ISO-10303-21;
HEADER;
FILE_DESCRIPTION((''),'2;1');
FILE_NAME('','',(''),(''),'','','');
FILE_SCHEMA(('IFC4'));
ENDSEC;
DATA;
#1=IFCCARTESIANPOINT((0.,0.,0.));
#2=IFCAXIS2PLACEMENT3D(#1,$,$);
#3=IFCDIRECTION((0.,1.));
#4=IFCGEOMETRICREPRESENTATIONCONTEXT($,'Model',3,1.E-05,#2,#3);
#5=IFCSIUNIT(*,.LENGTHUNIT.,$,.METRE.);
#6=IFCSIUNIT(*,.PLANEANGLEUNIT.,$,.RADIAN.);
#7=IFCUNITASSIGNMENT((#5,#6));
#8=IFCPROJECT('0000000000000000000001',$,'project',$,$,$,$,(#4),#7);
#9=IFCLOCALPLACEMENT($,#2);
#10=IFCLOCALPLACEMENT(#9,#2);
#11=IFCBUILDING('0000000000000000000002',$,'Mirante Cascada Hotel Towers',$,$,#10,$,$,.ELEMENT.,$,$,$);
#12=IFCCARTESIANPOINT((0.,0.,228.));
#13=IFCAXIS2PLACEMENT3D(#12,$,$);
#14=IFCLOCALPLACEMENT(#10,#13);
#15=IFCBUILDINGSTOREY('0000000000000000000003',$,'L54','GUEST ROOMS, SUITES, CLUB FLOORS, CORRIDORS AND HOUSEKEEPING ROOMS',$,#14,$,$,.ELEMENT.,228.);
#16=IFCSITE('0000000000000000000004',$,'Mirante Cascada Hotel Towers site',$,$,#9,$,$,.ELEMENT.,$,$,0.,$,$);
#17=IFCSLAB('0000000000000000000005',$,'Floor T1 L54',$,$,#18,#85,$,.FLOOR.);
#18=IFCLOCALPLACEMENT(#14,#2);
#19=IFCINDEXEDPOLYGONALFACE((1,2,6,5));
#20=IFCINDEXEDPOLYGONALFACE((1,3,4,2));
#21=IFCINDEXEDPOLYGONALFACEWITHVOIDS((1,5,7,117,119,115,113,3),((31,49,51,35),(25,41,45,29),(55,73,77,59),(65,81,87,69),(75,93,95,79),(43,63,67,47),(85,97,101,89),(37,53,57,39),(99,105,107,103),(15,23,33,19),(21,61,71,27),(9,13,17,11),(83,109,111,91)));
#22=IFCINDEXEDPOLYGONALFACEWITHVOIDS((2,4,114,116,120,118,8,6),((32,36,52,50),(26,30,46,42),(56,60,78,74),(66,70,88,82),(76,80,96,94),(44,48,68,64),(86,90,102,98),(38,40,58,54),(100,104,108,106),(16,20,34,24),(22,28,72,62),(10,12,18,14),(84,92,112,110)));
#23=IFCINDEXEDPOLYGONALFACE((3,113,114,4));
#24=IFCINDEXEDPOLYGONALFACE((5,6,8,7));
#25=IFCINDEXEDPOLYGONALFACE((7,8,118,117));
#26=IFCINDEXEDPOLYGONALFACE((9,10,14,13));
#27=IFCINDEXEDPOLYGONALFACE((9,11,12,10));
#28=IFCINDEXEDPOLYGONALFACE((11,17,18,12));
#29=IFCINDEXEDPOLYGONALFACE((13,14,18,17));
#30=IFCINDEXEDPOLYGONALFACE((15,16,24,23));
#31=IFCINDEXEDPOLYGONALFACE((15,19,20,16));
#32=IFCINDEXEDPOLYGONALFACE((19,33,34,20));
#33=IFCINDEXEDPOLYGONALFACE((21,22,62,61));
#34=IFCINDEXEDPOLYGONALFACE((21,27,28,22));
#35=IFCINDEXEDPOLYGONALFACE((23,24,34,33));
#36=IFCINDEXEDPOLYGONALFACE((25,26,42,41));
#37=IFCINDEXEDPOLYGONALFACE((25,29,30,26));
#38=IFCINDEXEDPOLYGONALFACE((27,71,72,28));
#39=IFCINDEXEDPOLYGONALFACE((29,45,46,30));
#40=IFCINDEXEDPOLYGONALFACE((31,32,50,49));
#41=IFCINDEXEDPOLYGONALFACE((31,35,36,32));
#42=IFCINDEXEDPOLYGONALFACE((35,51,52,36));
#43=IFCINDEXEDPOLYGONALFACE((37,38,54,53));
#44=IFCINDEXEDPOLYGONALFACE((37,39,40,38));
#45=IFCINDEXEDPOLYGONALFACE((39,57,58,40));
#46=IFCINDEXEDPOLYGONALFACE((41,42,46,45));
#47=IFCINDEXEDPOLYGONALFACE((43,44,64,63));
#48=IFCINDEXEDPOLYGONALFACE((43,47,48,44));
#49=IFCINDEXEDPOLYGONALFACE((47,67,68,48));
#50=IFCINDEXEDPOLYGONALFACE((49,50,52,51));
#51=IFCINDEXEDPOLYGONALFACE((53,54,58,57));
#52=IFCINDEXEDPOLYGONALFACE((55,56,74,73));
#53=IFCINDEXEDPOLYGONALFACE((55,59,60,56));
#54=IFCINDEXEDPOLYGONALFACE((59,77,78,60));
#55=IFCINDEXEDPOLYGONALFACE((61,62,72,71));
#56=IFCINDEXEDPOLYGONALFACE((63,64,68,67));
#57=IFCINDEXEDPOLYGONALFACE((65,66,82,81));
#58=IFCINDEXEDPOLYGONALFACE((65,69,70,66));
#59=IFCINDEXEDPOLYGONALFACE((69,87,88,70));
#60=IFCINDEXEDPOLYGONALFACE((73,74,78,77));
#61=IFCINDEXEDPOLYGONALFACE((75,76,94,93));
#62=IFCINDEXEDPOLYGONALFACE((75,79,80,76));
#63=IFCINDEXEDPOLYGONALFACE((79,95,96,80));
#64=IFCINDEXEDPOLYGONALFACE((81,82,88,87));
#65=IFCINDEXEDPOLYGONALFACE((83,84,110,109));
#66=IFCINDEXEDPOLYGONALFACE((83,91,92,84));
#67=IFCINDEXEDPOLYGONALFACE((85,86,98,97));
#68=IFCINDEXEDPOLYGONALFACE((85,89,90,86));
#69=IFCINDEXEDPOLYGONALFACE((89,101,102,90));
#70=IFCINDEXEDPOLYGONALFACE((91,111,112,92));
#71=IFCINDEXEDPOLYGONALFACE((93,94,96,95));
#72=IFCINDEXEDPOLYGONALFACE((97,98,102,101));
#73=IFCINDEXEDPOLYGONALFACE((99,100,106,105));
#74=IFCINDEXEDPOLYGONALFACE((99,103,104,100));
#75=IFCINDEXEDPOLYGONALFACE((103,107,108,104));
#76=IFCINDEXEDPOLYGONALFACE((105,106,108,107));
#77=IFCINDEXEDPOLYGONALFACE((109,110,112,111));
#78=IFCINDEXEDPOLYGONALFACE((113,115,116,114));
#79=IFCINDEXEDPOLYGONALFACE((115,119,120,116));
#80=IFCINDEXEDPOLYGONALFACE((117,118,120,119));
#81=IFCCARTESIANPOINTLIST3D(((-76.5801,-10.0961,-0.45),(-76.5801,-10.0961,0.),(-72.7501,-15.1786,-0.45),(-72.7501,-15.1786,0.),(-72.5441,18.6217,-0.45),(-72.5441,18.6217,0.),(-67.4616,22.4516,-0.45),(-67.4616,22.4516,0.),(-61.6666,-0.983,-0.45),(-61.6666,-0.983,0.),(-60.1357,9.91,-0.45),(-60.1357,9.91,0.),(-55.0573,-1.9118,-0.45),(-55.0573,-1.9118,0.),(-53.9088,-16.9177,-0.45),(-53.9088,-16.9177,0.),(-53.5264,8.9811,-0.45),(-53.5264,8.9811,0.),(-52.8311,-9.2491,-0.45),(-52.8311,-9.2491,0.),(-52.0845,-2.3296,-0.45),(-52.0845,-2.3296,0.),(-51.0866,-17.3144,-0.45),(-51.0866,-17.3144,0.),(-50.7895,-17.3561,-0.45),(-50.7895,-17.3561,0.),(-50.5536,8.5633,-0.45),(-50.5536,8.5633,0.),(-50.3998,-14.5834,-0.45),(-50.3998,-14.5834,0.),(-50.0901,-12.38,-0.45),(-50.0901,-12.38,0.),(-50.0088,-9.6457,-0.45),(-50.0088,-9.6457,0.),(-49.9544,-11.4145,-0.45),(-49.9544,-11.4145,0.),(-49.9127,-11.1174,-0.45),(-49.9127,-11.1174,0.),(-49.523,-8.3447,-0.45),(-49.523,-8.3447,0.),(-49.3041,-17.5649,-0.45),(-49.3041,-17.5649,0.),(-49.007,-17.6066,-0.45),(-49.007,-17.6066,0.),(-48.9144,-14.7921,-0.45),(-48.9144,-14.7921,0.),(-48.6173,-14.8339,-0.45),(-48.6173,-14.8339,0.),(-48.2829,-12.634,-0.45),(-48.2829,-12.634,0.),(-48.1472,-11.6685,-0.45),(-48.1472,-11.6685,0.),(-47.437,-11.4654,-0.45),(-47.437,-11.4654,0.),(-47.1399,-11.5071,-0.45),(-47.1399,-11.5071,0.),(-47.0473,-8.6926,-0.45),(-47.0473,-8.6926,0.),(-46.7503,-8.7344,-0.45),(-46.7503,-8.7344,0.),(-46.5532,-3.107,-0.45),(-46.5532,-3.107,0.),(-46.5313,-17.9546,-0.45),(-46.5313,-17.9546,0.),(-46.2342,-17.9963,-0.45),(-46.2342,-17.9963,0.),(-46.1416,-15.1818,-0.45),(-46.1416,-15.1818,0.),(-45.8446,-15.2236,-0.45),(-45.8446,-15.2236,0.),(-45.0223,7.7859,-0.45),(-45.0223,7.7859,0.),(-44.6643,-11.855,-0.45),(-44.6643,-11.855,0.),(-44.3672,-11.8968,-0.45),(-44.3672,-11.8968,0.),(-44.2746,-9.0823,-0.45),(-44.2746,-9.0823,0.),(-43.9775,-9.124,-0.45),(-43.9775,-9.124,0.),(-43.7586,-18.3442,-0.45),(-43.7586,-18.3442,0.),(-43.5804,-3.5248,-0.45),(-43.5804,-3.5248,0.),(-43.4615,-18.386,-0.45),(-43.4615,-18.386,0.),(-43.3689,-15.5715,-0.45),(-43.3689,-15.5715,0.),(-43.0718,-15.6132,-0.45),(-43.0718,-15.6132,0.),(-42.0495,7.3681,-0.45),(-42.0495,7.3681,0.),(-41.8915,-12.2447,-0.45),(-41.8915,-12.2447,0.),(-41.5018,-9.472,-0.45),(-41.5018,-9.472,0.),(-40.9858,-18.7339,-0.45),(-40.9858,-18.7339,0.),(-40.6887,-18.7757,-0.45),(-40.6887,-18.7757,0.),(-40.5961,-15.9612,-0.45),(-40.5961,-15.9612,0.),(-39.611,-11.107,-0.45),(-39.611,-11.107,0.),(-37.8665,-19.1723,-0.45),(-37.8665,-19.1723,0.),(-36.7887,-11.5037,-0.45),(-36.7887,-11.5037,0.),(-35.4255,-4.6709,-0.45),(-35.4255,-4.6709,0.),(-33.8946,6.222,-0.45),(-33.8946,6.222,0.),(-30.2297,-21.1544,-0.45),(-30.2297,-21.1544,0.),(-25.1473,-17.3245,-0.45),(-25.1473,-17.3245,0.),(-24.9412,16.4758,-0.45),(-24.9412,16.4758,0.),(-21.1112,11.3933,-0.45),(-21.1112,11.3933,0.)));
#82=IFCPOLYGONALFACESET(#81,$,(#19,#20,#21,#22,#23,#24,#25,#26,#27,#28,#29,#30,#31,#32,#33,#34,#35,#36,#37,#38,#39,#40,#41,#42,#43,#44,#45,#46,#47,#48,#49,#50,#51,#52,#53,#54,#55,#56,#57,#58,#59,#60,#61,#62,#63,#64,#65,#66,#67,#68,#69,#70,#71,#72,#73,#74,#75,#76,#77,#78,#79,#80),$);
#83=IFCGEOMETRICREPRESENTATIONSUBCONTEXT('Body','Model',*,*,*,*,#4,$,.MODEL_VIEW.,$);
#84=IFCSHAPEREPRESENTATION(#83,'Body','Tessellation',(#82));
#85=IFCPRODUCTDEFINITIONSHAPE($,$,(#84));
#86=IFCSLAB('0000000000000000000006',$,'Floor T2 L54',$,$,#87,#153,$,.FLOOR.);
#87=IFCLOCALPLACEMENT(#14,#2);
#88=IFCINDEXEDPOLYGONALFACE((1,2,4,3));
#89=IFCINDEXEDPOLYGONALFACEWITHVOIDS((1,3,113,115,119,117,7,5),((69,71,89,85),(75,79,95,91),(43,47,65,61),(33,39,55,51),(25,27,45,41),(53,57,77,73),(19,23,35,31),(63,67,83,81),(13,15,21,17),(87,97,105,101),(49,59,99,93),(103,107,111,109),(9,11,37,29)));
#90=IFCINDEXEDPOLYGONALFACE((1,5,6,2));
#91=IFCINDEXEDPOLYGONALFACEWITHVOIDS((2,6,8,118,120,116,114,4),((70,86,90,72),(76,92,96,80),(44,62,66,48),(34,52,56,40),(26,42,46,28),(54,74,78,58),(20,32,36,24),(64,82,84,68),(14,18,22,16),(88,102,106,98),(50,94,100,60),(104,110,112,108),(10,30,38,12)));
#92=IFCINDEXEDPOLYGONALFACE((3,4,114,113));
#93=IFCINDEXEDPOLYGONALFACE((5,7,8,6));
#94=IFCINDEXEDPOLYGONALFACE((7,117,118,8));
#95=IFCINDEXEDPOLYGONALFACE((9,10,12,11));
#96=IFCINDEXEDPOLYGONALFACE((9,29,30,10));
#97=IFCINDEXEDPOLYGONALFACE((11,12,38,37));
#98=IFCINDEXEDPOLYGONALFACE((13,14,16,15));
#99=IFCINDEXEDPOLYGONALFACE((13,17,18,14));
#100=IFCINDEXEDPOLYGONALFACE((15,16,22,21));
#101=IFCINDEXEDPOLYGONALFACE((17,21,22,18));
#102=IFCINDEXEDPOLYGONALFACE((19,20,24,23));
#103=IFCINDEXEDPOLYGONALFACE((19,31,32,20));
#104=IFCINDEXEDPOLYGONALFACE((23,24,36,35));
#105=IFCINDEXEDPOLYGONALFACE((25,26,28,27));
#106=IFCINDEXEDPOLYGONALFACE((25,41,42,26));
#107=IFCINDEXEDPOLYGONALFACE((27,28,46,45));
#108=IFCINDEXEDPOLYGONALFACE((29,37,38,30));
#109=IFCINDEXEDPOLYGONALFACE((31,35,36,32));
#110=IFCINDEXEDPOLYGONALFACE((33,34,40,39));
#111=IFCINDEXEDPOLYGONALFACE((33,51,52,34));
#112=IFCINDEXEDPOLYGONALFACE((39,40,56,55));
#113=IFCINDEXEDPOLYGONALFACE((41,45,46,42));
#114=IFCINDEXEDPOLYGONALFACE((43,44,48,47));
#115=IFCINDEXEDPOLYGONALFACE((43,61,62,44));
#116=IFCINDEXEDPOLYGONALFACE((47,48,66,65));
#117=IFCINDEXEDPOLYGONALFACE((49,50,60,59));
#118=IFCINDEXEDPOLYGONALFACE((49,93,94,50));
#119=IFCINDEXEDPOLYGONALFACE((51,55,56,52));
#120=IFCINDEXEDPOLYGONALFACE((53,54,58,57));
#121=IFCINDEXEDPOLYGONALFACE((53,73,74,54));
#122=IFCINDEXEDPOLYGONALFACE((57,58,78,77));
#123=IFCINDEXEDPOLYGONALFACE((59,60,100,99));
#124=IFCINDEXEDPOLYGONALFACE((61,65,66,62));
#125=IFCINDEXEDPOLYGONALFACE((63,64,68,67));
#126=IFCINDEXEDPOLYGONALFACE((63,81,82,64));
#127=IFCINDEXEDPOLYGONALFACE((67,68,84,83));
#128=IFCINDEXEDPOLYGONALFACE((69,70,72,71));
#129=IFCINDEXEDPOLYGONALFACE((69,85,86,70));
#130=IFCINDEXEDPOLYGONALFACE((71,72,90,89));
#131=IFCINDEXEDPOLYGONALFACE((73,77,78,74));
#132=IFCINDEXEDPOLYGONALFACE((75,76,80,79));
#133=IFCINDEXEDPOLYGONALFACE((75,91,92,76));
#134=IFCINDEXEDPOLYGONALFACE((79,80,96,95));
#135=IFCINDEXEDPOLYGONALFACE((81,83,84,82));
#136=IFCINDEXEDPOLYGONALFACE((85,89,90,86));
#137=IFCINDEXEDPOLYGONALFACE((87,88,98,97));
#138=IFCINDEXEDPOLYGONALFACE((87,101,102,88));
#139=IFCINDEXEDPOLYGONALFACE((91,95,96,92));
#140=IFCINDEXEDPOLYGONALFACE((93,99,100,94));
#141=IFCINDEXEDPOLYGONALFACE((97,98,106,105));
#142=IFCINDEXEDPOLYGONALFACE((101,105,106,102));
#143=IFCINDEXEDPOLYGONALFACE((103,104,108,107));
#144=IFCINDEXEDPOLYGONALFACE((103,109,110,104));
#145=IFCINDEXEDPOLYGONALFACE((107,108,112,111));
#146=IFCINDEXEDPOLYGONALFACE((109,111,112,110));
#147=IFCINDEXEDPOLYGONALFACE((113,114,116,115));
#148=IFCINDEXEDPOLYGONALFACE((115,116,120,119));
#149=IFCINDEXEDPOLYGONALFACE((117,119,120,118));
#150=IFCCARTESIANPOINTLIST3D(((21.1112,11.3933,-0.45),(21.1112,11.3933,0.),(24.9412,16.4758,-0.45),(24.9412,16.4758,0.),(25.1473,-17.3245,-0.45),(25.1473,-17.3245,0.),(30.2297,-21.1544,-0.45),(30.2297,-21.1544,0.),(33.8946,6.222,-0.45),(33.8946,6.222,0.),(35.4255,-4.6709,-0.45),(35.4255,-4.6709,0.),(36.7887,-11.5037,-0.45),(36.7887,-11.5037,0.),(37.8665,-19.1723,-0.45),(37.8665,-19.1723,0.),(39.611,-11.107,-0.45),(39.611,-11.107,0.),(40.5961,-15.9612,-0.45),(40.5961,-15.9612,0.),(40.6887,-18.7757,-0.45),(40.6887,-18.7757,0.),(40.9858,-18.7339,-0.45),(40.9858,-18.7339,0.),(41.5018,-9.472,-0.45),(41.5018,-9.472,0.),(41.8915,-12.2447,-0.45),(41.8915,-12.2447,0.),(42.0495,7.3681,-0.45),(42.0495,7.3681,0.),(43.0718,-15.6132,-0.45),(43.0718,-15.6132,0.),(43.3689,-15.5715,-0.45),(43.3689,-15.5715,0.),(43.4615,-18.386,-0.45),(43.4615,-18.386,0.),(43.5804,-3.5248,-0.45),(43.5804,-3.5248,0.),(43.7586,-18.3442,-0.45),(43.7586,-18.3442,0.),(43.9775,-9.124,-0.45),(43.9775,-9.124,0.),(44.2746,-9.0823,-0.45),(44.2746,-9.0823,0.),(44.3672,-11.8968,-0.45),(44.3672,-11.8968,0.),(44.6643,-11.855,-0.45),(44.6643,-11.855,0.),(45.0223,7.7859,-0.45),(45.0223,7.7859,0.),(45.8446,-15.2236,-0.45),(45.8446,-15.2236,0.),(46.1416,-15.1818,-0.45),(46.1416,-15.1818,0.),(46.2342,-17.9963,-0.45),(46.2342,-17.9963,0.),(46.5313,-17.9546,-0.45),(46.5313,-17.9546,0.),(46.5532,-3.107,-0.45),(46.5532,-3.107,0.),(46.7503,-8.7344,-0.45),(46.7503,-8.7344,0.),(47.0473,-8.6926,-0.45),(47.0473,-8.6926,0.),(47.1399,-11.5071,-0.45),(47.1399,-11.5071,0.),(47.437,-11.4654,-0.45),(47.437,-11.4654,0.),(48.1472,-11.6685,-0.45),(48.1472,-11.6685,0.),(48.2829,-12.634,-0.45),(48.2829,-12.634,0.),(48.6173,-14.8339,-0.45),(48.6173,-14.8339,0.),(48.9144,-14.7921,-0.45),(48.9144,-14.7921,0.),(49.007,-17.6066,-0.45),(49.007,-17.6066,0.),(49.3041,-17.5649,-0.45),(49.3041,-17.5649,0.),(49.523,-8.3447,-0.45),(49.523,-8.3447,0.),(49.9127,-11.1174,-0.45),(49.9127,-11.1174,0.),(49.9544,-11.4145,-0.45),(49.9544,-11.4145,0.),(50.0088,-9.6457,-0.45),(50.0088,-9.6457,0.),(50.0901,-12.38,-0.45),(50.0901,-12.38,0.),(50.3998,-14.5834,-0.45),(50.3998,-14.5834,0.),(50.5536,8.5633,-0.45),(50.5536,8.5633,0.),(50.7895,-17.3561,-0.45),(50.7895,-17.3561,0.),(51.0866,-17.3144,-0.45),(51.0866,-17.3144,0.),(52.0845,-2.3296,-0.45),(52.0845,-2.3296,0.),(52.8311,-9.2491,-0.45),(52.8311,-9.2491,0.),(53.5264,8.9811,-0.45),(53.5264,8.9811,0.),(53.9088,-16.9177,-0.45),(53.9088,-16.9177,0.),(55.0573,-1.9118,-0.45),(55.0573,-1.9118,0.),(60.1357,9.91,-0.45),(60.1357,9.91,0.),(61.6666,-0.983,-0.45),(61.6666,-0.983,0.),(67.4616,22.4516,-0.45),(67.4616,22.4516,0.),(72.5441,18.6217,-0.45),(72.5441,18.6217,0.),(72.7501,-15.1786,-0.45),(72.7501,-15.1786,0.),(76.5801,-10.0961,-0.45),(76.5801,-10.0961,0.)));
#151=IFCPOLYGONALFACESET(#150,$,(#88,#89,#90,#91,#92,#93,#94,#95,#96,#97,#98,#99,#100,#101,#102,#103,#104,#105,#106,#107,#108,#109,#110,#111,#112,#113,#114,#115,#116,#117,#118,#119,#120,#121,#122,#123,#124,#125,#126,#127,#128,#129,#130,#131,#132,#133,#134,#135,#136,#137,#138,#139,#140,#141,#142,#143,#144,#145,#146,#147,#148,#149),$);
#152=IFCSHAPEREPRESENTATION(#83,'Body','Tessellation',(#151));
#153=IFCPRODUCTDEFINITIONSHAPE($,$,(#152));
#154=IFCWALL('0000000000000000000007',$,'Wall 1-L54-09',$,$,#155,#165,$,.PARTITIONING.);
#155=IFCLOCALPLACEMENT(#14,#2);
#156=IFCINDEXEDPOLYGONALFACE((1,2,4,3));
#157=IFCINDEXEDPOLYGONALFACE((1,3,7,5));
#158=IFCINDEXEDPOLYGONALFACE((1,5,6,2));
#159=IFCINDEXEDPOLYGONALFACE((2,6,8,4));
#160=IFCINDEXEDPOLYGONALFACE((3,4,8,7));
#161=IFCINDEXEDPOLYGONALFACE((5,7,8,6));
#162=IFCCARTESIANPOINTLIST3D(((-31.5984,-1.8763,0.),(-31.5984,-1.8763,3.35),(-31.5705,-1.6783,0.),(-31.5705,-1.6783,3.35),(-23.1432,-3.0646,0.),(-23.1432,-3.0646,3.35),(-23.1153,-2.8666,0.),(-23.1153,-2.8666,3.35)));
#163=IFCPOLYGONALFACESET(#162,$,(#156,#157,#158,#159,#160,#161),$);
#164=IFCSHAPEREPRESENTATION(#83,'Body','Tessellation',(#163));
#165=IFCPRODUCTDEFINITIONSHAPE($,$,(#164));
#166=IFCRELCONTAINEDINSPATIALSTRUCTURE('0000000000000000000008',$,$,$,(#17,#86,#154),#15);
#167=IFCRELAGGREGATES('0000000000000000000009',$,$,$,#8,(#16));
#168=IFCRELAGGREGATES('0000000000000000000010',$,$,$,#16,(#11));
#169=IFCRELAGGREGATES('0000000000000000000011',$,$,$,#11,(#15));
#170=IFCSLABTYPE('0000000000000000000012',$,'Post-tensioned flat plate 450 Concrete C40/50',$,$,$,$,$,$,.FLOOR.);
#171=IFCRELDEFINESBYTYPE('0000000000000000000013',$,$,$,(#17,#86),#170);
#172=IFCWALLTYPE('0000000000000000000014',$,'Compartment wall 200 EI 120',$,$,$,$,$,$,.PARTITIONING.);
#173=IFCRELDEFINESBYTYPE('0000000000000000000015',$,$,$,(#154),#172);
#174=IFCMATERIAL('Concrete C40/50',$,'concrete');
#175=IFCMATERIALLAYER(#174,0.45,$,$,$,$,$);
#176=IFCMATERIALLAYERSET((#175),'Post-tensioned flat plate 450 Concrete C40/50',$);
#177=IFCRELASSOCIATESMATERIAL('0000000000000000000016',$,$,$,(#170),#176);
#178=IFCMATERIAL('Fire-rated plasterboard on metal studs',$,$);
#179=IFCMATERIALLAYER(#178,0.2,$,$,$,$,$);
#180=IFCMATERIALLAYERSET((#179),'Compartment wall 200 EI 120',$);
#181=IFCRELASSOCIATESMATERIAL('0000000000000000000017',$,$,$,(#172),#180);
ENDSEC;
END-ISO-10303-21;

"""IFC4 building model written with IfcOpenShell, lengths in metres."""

from ifc_helpers import new_model, si_unit, direction, frame, frame_2d, origin, place, context, subcontext, project, spatial, polyline, rectangle, outline, extrude, material, layer, layer_set, type_object, element, save


model = new_model("IFC4")

# Units and contexts
model_context = context("Model", 3, precision=1e-05, world=origin(), true_north=direction((0.0, 1.0)))
body_context = subcontext(model_context, "Body", "Model", "MODEL_VIEW")
ifc_project = project(units=[si_unit("LENGTHUNIT", "METRE"), si_unit("PLANEANGLEUNIT", "RADIAN")], contexts=[model_context])

# Site, building, storey
site_placement = place(None, origin())
site = spatial("IfcSite", under=ifc_project, at=site_placement, Name="Mirante Cascada Hotel Towers site", CompositionType="ELEMENT", RefElevation=0.0)
building_placement = place(site_placement, origin())
building = spatial("IfcBuilding", under=site, at=building_placement, Name="Mirante Cascada Hotel Towers", CompositionType="ELEMENT")
storey_placement = place(building_placement, frame((0.0, 0.0, 228.0)))
storey = spatial("IfcBuildingStorey", under=building, at=storey_placement, Name="L54", Description="GUEST ROOMS, SUITES, CLUB FLOORS, CORRIDORS AND HOUSEKEEPING ROOMS", CompositionType="ELEMENT", Elevation=228.0)

# Slabs
ifc_material_1 = material(Name="Concrete C40/50", Category="concrete")
ifc_layer_1 = layer(ifc_material_1, 0.45)
ifc_layer_set_1 = layer_set([ifc_layer_1], Name="Post-tensioned flat plate 450 Concrete C40/50")
slab_type = type_object("IfcSlabType", Name="Post-tensioned flat plate 450 Concrete C40/50", PredefinedType="FLOOR", material=ifc_layer_set_1)
slab_1_placement = place(storey_placement, frame((0.0, 0.0, -0.45)))
element("IfcSlab", 1, at=slab_1_placement, inside=storey, type_object=slab_type, Name="Floor T1 L54", PredefinedType="FLOOR", context=body_context, shape_type="SweptSolid", body=[
    extrude(outline(polyline([(-25.1473, -17.3245), (-21.1112, 11.3933), (-24.9412, 16.4758), (-67.4616, 22.4516), (-72.5441, 18.6217), (-76.5801, -10.0961), (-72.7501, -15.1786), (-30.2297, -21.1544), (-25.1473, -17.3245)]), holes=[polyline([(-40.5961, -15.9612), (-40.9858, -18.7339), (-43.4615, -18.386), (-43.0718, -15.6132), (-40.5961, -15.9612)]), polyline([(-43.3689, -15.5715), (-43.7586, -18.3442), (-46.2342, -17.9963), (-45.8446, -15.2236), (-43.3689, -15.5715)]), polyline([(-46.1416, -15.1818), (-46.5313, -17.9546), (-49.007, -17.6066), (-48.6173, -14.8339), (-46.1416, -15.1818)]), polyline([(-36.7887, -11.5037), (-37.8665, -19.1723), (-40.6887, -18.7757), (-39.611, -11.107), (-36.7887, -11.5037)]), polyline([(-43.9775, -9.124), (-41.5018, -9.472), (-41.8915, -12.2447), (-44.3672, -11.8968), (-43.9775, -9.124)]), polyline([(-44.2746, -9.0823), (-44.6643, -11.855), (-47.1399, -11.5071), (-46.7503, -8.7344), (-44.2746, -9.0823)]), polyline([(-50.3998, -14.5834), (-48.9144, -14.7921), (-49.3041, -17.5649), (-50.7895, -17.3561), (-50.3998, -14.5834)]), polyline([(-50.0088, -9.6457), (-51.0866, -17.3144), (-53.9088, -16.9177), (-52.8311, -9.2491), (-50.0088, -9.6457)]), polyline([(-48.1472, -11.6685), (-48.2829, -12.634), (-50.0901, -12.38), (-49.9544, -11.4145), (-48.1472, -11.6685)]), polyline([(-49.523, -8.3447), (-47.0473, -8.6926), (-47.437, -11.4654), (-49.9127, -11.1174), (-49.523, -8.3447)]), polyline([(-53.5264, 8.9811), (-55.0573, -1.9118), (-55.0573, -1.9118), (-61.6666, -0.983), (-60.1357, 9.91), (-53.5264, 8.9811)]), polyline([(-45.0223, 7.7859), (-46.5532, -3.107), (-52.0845, -2.3296), (-52.0845, -2.3296), (-50.5536, 8.5633), (-45.0223, 7.7859)]), polyline([(-33.8946, 6.222), (-35.4255, -4.6709), (-43.5804, -3.5248), (-42.0495, 7.3681), (-33.8946, 6.222)])]), origin(), (0.0, 0.0, 1.0), 0.45),
])
slab_2_placement = place(storey_placement, frame((0.0, 0.0, -0.45)))
element("IfcSlab", 2, at=slab_2_placement, inside=storey, type_object=slab_type, Name="Floor T2 L54", PredefinedType="FLOOR", context=body_context, shape_type="SweptSolid", body=[
    extrude(outline(polyline([(25.1473, -17.3245), (21.1112, 11.3933), (24.9412, 16.4758), (67.4616, 22.4516), (72.5441, 18.6217), (76.5801, -10.0961), (72.7501, -15.1786), (30.2297, -21.1544), (25.1473, -17.3245)]), holes=[polyline([(40.5961, -15.9612), (40.9858, -18.7339), (43.4615, -18.386), (43.0718, -15.6132), (40.5961, -15.9612)]), polyline([(43.3689, -15.5715), (43.7586, -18.3442), (46.2342, -17.9963), (45.8446, -15.2236), (43.3689, -15.5715)]), polyline([(46.1416, -15.1818), (46.5313, -17.9546), (49.007, -17.6066), (48.6173, -14.8339), (46.1416, -15.1818)]), polyline([(37.8665, -19.1723), (40.6887, -18.7757), (39.611, -11.107), (36.7887, -11.5037), (37.8665, -19.1723)]), polyline([(43.9775, -9.124), (41.5018, -9.472), (41.8915, -12.2447), (44.3672, -11.8968), (43.9775, -9.124)]), polyline([(44.2746, -9.0823), (44.6643, -11.855), (47.1399, -11.5071), (46.7503, -8.7344), (44.2746, -9.0823)]), polyline([(50.3998, -14.5834), (48.9144, -14.7921), (49.3041, -17.5649), (50.7895, -17.3561), (50.3998, -14.5834)]), polyline([(51.0866, -17.3144), (53.9088, -16.9177), (52.8311, -9.2491), (50.0088, -9.6457), (51.0866, -17.3144)]), polyline([(48.1472, -11.6685), (48.2829, -12.634), (50.0901, -12.38), (49.9544, -11.4145), (48.1472, -11.6685)]), polyline([(49.523, -8.3447), (47.0473, -8.6926), (47.437, -11.4654), (49.9127, -11.1174), (49.523, -8.3447)]), polyline([(60.1357, 9.91), (61.6666, -0.983), (55.0573, -1.9118), (55.0573, -1.9118), (53.5264, 8.9811), (60.1357, 9.91)]), polyline([(50.5536, 8.5633), (52.0845, -2.3296), (52.0845, -2.3296), (46.5532, -3.107), (45.0223, 7.7859), (50.5536, 8.5633)]), polyline([(42.0495, 7.3681), (43.5804, -3.5248), (35.4255, -4.6709), (33.8946, 6.222), (42.0495, 7.3681)])]), origin(), (0.0, 0.0, 1.0), 0.45),
])

# Wall
ifc_material_2 = material(Name="Fire-rated plasterboard on metal studs")
ifc_layer_2 = layer(ifc_material_2, 0.2)
ifc_layer_set_2 = layer_set([ifc_layer_2], Name="Compartment wall 200 EI 120")
wall_type_1 = type_object("IfcWallType", Name="Compartment wall 200 EI 120", PredefinedType="PARTITIONING", material=ifc_layer_set_2)
wall_1_placement = place(storey_placement, frame((-23.1292, -2.9656, 0.0), z_axis=(0.0, 0.0, 1.0), x_axis=(-0.990268, 0.139173, 0.0)))
element("IfcWall", 3, at=wall_1_placement, inside=storey, type_object=wall_type_1, Name="Wall 1-L54-09", PredefinedType="PARTITIONING", context=body_context, shape_type="SweptSolid", body=[
    extrude(rectangle(XDim=8.5383, YDim=0.2, at=frame_2d((4.2692, 0.0))), origin(), (0.0, 0.0, 1.0), 3.35),
])

save(model, "model.ifc")
